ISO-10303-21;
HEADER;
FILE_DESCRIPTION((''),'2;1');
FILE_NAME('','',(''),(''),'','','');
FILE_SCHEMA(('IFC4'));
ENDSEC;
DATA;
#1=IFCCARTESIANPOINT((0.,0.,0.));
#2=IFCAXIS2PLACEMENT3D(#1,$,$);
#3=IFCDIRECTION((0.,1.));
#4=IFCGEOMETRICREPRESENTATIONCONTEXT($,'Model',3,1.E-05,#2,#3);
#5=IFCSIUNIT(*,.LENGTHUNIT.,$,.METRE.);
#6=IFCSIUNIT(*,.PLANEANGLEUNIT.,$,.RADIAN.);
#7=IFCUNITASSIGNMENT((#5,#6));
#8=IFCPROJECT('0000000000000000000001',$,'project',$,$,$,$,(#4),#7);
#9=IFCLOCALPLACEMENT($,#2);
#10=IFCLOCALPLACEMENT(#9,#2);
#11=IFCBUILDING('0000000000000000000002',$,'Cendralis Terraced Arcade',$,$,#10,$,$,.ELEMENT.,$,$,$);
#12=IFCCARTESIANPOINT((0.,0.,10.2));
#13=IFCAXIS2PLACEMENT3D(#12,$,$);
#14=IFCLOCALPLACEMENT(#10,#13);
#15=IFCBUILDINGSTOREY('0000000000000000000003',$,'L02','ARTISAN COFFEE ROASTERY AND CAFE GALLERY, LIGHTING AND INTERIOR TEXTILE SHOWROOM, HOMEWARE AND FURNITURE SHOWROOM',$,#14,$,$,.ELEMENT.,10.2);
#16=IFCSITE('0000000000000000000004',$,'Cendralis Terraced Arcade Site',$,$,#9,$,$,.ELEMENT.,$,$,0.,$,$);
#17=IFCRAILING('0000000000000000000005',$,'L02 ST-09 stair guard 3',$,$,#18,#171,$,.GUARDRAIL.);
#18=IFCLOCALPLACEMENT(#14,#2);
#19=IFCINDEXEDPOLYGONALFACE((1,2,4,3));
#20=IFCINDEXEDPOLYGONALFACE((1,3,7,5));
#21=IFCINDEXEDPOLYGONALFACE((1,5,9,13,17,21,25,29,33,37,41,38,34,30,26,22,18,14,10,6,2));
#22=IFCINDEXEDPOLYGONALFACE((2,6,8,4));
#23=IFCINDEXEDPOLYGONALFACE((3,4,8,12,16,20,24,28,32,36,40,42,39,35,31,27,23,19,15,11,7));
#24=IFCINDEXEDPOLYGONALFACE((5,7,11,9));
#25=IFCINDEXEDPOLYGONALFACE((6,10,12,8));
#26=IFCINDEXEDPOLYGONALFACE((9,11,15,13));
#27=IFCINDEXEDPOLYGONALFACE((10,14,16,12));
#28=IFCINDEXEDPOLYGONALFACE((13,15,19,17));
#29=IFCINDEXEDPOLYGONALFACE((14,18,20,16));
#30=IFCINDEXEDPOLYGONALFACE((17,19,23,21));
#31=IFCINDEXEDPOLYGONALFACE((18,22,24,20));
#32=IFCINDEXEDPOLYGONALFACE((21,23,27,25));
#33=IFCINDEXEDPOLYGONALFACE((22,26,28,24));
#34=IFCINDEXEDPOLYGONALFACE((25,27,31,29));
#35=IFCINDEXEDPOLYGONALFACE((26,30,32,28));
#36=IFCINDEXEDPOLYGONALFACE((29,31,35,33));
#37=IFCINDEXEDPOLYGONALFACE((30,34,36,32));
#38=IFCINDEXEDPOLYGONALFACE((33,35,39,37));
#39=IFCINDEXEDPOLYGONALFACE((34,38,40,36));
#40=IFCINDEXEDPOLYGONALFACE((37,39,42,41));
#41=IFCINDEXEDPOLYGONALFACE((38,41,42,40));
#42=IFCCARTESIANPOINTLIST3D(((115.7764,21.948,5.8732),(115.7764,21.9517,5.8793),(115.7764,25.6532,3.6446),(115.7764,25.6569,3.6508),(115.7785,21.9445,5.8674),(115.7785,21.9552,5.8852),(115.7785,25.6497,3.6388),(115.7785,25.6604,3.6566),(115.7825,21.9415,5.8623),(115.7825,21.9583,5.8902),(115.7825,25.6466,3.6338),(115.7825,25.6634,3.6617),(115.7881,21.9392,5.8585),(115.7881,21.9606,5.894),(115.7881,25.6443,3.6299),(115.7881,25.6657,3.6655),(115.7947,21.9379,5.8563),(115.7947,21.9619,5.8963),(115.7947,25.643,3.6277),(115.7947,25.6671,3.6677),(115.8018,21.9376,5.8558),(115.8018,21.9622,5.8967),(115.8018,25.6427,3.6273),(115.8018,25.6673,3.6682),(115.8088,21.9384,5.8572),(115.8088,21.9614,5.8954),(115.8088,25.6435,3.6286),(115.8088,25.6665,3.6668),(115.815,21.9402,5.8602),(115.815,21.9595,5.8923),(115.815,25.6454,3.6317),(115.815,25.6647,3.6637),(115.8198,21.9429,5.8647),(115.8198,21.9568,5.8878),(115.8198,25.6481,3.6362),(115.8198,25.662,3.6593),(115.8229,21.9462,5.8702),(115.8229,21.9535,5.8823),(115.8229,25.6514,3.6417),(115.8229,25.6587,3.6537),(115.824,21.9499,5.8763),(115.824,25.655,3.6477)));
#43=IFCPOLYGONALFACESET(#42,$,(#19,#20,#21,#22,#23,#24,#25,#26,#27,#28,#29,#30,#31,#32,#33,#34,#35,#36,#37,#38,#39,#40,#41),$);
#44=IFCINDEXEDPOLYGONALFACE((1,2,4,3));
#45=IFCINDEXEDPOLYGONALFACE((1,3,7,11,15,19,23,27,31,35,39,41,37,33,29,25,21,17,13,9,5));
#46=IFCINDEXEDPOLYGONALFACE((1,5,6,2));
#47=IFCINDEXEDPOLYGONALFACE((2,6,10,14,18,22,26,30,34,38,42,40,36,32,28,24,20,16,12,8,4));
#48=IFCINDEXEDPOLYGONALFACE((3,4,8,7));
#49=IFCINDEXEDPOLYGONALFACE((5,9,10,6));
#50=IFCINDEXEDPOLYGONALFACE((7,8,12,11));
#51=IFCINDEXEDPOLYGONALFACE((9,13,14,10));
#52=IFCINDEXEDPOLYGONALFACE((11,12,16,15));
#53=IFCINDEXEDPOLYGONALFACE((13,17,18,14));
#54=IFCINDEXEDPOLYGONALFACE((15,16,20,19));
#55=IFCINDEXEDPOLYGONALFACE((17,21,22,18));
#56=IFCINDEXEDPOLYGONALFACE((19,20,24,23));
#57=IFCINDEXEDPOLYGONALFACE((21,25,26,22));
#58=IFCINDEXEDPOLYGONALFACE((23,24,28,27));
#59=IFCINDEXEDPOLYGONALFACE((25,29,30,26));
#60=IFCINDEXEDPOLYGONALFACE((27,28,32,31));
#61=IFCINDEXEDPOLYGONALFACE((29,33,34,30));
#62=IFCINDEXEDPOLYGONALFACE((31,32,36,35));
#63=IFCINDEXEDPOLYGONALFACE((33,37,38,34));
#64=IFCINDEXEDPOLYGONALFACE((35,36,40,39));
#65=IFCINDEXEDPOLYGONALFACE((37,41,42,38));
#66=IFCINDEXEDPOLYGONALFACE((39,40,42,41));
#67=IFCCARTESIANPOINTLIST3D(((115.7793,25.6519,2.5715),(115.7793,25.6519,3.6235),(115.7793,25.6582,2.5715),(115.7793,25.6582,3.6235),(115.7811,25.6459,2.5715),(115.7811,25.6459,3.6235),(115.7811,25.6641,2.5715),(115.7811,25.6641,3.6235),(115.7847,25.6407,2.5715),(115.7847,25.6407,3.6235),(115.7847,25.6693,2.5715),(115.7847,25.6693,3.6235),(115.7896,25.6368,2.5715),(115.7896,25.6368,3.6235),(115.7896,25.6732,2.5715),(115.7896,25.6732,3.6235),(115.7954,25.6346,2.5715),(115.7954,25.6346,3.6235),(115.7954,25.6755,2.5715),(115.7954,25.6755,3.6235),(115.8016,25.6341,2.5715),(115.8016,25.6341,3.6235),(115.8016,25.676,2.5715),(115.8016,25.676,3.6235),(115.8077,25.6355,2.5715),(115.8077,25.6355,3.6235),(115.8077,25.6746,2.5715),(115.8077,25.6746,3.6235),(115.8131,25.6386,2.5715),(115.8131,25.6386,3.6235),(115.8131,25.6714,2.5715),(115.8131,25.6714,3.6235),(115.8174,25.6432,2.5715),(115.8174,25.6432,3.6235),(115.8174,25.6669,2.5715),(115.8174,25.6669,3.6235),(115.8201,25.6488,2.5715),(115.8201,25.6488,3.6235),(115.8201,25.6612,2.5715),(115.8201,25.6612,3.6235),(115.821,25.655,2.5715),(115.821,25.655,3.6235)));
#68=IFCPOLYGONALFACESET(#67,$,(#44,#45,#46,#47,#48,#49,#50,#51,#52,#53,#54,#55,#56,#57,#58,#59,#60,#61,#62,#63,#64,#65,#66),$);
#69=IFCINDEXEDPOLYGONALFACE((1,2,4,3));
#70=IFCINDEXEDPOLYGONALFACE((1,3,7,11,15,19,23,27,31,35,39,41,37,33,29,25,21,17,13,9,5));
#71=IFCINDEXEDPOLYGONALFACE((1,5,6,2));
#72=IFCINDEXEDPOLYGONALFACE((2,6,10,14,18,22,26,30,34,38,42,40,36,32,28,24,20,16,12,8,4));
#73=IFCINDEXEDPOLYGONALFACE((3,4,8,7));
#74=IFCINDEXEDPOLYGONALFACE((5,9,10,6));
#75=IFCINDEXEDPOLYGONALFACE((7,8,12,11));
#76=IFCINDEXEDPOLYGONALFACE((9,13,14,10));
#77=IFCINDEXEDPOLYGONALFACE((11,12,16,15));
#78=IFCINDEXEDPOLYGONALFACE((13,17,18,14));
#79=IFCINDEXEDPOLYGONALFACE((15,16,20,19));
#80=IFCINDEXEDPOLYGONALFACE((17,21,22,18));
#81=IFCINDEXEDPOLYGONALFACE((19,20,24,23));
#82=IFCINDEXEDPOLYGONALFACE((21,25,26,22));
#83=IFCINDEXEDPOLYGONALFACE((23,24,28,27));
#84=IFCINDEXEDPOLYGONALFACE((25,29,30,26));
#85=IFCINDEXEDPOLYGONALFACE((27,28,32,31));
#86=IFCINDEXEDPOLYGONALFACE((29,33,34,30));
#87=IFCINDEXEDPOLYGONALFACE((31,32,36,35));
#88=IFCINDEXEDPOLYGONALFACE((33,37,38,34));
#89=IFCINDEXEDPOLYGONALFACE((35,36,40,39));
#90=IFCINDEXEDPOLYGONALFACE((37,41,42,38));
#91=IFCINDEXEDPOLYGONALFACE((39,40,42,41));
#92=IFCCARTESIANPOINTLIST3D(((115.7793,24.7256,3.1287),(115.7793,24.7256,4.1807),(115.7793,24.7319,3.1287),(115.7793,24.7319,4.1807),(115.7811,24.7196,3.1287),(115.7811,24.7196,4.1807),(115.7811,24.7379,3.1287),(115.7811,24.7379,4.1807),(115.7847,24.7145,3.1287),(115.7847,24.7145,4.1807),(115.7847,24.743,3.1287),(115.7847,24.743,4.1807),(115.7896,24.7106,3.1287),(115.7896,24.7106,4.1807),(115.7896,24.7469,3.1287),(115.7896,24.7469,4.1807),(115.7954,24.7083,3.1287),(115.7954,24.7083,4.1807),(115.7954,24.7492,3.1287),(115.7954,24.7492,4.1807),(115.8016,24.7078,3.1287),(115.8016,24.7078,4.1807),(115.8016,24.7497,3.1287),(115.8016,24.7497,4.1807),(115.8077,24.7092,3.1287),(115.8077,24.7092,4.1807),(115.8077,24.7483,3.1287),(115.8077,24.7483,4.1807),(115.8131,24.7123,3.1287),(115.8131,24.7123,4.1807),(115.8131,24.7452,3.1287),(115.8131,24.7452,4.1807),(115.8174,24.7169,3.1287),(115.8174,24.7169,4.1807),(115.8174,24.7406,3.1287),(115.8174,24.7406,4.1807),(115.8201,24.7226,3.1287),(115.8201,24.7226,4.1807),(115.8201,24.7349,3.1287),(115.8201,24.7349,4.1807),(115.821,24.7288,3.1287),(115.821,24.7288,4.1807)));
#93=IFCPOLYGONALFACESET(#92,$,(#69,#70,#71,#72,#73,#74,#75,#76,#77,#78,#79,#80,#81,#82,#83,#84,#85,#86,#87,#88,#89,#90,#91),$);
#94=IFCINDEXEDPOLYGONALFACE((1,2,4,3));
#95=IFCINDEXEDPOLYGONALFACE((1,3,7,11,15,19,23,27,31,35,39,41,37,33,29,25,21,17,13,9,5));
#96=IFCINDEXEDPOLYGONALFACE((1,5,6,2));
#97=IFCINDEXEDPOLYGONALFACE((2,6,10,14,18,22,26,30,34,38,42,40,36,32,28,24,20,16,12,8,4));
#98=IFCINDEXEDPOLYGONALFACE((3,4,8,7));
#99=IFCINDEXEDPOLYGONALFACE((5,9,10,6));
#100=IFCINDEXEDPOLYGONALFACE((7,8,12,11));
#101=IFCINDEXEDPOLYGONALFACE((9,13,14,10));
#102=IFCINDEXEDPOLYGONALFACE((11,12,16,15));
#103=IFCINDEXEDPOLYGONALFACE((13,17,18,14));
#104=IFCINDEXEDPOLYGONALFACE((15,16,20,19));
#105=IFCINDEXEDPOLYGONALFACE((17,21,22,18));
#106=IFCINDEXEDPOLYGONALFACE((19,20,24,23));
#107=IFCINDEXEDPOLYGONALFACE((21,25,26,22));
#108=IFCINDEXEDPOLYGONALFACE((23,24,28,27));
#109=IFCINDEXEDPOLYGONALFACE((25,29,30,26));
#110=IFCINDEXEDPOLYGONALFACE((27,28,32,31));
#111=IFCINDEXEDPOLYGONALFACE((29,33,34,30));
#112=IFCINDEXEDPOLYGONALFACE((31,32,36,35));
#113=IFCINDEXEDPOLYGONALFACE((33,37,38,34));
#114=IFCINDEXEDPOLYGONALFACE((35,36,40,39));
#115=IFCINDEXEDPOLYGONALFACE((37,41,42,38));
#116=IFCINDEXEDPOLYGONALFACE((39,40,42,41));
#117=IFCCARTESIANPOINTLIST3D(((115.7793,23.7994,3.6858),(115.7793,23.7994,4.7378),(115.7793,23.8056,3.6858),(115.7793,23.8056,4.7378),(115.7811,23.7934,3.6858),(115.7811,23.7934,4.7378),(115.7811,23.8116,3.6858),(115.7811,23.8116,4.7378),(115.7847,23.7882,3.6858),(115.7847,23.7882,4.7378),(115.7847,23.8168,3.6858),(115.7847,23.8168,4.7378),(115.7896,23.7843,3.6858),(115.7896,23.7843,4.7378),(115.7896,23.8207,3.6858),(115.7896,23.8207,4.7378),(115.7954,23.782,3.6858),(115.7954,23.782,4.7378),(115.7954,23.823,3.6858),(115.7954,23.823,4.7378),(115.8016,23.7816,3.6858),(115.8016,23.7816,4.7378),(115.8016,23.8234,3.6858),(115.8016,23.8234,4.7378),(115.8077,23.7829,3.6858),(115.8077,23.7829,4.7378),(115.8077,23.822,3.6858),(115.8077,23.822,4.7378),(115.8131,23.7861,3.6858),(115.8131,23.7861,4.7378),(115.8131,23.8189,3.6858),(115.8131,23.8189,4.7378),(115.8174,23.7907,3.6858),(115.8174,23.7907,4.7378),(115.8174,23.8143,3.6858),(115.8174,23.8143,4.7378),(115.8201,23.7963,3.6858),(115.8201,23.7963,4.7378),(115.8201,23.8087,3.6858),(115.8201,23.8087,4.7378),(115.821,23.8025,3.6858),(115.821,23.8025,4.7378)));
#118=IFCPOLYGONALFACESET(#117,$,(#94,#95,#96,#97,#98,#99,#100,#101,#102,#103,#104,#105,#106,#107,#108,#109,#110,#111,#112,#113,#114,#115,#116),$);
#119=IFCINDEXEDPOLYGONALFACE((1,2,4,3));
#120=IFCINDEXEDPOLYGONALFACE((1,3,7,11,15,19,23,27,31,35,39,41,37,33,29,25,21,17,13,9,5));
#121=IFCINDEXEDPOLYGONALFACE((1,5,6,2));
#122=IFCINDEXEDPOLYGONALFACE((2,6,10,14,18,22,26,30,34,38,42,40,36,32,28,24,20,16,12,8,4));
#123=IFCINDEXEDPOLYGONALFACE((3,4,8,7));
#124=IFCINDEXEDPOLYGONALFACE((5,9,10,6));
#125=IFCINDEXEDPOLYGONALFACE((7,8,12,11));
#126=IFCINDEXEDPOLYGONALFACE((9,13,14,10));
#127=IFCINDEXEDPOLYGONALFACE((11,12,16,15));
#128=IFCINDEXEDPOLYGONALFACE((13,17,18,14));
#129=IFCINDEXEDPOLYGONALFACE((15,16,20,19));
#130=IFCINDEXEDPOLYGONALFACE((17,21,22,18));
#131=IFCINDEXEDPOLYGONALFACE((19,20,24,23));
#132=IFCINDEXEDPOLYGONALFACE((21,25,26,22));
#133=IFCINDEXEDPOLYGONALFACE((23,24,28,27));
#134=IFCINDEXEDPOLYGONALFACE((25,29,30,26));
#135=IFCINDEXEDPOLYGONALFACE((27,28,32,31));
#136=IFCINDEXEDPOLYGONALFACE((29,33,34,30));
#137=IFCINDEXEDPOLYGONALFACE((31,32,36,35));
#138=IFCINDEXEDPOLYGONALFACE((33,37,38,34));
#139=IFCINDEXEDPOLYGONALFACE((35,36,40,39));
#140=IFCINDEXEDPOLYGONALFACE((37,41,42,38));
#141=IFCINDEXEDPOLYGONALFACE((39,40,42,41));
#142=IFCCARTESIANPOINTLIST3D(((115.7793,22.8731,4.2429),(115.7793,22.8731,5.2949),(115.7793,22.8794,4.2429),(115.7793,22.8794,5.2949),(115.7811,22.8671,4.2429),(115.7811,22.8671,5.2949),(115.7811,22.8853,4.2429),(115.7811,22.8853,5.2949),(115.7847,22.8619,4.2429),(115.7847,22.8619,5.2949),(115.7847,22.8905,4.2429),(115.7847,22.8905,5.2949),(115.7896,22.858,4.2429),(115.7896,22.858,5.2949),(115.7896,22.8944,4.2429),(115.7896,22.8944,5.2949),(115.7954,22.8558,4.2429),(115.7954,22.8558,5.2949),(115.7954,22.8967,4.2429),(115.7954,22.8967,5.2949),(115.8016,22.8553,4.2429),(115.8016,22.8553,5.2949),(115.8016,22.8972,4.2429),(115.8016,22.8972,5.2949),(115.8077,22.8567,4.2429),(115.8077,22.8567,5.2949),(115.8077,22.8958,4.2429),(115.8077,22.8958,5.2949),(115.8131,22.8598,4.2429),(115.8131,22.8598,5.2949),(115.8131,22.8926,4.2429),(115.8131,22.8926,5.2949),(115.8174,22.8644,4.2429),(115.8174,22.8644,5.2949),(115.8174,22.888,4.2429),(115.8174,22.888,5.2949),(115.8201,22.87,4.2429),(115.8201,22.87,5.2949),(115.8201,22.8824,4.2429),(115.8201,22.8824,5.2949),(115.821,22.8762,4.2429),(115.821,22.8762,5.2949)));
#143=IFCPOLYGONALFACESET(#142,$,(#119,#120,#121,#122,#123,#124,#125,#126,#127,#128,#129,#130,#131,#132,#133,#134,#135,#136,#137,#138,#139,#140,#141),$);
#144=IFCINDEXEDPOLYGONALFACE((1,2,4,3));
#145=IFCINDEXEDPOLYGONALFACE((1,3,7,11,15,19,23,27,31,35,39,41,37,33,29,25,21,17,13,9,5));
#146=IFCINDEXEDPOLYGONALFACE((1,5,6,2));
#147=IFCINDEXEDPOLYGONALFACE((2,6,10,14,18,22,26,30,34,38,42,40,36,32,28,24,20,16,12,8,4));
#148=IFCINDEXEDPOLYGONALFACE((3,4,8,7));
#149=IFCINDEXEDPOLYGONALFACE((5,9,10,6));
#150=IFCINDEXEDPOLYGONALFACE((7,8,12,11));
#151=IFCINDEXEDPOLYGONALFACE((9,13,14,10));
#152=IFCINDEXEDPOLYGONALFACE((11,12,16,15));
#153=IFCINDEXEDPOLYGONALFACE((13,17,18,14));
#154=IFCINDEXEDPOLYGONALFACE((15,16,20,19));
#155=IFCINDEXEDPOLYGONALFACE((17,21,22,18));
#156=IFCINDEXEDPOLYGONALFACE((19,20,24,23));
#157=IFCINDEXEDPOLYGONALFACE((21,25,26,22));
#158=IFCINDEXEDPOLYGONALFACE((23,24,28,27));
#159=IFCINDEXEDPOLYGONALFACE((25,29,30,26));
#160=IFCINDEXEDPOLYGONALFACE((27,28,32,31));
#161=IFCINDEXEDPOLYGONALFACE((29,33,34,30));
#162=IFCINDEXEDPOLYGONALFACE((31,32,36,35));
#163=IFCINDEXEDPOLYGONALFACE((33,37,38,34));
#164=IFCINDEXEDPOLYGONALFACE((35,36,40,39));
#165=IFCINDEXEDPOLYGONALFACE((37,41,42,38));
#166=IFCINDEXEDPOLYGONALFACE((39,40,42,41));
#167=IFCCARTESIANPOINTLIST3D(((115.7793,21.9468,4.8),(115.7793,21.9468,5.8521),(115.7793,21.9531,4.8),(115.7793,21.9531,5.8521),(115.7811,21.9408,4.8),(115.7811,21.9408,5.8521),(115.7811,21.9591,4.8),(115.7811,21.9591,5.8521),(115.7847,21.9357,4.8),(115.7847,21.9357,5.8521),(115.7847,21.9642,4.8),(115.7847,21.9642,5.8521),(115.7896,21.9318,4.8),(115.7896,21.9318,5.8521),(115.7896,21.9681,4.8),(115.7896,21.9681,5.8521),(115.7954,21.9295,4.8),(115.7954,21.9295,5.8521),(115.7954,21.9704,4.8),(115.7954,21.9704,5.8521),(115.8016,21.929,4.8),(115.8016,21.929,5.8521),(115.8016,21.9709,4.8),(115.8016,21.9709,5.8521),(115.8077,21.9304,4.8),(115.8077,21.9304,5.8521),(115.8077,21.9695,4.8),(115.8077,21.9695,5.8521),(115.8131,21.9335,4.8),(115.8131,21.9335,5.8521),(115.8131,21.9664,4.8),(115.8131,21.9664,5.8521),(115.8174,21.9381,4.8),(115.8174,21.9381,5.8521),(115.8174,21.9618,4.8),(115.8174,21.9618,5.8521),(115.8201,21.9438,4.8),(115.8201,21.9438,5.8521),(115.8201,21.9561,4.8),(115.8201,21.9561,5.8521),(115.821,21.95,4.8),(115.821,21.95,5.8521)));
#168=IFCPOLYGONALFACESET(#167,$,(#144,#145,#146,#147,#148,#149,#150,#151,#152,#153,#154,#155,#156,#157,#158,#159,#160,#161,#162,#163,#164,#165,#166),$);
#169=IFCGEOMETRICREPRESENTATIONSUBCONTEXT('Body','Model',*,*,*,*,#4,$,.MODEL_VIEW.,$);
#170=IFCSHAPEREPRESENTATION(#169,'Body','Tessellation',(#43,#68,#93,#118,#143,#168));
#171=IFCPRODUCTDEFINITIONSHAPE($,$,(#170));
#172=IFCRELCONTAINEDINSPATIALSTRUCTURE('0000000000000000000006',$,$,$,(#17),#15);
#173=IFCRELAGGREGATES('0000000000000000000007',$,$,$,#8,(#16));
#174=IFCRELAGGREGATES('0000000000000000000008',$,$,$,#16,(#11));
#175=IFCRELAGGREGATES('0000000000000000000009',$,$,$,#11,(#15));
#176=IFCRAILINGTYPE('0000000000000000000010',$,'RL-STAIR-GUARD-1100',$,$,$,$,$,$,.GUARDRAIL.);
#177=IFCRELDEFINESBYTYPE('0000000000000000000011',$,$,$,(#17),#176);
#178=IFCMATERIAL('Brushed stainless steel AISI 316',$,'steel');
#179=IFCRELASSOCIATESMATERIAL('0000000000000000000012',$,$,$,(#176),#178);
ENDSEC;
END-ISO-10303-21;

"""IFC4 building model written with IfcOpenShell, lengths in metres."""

from ifc_helpers import new_model, si_unit, direction, frame, origin, origin_2d, place, context, subcontext, project, spatial, circle, extrude, material, type_object, element, save


model = new_model("IFC4")

# Units and contexts
model_context = context("Model", 3, precision=1e-05, world=origin(), true_north=direction((0.0, 1.0)))
body_context = subcontext(model_context, "Body", "Model", "MODEL_VIEW")
ifc_project = project(units=[si_unit("LENGTHUNIT", "METRE"), si_unit("PLANEANGLEUNIT", "RADIAN")], contexts=[model_context])

# Site, building, storey
site_placement = place(None, origin())
site = spatial("IfcSite", under=ifc_project, at=site_placement, Name="Cendralis Terraced Arcade Site", CompositionType="ELEMENT", RefElevation=0.0)
building_placement = place(site_placement, origin())
building = spatial("IfcBuilding", under=site, at=building_placement, Name="Cendralis Terraced Arcade", CompositionType="ELEMENT")
storey_placement = place(building_placement, frame((0.0, 0.0, 10.2)))
storey = spatial("IfcBuildingStorey", under=building, at=storey_placement, Name="L02", Description="ARTISAN COFFEE ROASTERY AND CAFE GALLERY, LIGHTING AND INTERIOR TEXTILE SHOWROOM, HOMEWARE AND FURNITURE SHOWROOM", CompositionType="ELEMENT", Elevation=10.2)

# Railing
ifc_material_1 = material(Name="Brushed stainless steel AISI 316", Category="steel")
railing_type_1 = type_object("IfcRailingType", Name="RL-STAIR-GUARD-1100", PredefinedType="GUARDRAIL", material=ifc_material_1)
railing_1_placement = place(storey_placement, frame((115.8, 25.655, 2.5715)))
element("IfcRailing", 1, at=railing_1_placement, inside=storey, type_object=railing_type_1, Name="L02 ST-09 stair guard 3", PredefinedType="GUARDRAIL", context=body_context, shape_type="SweptSolid", body=[
    extrude(circle(Radius=0.0239, at=origin_2d()), frame((0.0, 0.0, 1.0762), z_axis=(0.0, -0.856934, 0.515425), x_axis=(1.0, 0.0, 0.0)), (0.0, 0.0, 1.0), 4.3237),
    extrude(circle(Radius=0.021, at=origin_2d()), origin(), (0.0, 0.0, 1.0), 1.052),
    extrude(circle(Radius=0.021, at=origin_2d()), frame((0.0, -0.9263, 0.5571)), (0.0, 0.0, 1.0), 1.052),
    extrude(circle(Radius=0.021, at=origin_2d()), frame((0.0, -1.8525, 1.1143)), (0.0, 0.0, 1.0), 1.052),
    extrude(circle(Radius=0.021, at=origin_2d()), frame((0.0, -2.7788, 1.6714)), (0.0, 0.0, 1.0), 1.052),
    extrude(circle(Radius=0.021, at=origin_2d()), frame((0.0, -3.7051, 2.2285)), (0.0, 0.0, 1.0), 1.052),
])

save(model, "model.ifc")
